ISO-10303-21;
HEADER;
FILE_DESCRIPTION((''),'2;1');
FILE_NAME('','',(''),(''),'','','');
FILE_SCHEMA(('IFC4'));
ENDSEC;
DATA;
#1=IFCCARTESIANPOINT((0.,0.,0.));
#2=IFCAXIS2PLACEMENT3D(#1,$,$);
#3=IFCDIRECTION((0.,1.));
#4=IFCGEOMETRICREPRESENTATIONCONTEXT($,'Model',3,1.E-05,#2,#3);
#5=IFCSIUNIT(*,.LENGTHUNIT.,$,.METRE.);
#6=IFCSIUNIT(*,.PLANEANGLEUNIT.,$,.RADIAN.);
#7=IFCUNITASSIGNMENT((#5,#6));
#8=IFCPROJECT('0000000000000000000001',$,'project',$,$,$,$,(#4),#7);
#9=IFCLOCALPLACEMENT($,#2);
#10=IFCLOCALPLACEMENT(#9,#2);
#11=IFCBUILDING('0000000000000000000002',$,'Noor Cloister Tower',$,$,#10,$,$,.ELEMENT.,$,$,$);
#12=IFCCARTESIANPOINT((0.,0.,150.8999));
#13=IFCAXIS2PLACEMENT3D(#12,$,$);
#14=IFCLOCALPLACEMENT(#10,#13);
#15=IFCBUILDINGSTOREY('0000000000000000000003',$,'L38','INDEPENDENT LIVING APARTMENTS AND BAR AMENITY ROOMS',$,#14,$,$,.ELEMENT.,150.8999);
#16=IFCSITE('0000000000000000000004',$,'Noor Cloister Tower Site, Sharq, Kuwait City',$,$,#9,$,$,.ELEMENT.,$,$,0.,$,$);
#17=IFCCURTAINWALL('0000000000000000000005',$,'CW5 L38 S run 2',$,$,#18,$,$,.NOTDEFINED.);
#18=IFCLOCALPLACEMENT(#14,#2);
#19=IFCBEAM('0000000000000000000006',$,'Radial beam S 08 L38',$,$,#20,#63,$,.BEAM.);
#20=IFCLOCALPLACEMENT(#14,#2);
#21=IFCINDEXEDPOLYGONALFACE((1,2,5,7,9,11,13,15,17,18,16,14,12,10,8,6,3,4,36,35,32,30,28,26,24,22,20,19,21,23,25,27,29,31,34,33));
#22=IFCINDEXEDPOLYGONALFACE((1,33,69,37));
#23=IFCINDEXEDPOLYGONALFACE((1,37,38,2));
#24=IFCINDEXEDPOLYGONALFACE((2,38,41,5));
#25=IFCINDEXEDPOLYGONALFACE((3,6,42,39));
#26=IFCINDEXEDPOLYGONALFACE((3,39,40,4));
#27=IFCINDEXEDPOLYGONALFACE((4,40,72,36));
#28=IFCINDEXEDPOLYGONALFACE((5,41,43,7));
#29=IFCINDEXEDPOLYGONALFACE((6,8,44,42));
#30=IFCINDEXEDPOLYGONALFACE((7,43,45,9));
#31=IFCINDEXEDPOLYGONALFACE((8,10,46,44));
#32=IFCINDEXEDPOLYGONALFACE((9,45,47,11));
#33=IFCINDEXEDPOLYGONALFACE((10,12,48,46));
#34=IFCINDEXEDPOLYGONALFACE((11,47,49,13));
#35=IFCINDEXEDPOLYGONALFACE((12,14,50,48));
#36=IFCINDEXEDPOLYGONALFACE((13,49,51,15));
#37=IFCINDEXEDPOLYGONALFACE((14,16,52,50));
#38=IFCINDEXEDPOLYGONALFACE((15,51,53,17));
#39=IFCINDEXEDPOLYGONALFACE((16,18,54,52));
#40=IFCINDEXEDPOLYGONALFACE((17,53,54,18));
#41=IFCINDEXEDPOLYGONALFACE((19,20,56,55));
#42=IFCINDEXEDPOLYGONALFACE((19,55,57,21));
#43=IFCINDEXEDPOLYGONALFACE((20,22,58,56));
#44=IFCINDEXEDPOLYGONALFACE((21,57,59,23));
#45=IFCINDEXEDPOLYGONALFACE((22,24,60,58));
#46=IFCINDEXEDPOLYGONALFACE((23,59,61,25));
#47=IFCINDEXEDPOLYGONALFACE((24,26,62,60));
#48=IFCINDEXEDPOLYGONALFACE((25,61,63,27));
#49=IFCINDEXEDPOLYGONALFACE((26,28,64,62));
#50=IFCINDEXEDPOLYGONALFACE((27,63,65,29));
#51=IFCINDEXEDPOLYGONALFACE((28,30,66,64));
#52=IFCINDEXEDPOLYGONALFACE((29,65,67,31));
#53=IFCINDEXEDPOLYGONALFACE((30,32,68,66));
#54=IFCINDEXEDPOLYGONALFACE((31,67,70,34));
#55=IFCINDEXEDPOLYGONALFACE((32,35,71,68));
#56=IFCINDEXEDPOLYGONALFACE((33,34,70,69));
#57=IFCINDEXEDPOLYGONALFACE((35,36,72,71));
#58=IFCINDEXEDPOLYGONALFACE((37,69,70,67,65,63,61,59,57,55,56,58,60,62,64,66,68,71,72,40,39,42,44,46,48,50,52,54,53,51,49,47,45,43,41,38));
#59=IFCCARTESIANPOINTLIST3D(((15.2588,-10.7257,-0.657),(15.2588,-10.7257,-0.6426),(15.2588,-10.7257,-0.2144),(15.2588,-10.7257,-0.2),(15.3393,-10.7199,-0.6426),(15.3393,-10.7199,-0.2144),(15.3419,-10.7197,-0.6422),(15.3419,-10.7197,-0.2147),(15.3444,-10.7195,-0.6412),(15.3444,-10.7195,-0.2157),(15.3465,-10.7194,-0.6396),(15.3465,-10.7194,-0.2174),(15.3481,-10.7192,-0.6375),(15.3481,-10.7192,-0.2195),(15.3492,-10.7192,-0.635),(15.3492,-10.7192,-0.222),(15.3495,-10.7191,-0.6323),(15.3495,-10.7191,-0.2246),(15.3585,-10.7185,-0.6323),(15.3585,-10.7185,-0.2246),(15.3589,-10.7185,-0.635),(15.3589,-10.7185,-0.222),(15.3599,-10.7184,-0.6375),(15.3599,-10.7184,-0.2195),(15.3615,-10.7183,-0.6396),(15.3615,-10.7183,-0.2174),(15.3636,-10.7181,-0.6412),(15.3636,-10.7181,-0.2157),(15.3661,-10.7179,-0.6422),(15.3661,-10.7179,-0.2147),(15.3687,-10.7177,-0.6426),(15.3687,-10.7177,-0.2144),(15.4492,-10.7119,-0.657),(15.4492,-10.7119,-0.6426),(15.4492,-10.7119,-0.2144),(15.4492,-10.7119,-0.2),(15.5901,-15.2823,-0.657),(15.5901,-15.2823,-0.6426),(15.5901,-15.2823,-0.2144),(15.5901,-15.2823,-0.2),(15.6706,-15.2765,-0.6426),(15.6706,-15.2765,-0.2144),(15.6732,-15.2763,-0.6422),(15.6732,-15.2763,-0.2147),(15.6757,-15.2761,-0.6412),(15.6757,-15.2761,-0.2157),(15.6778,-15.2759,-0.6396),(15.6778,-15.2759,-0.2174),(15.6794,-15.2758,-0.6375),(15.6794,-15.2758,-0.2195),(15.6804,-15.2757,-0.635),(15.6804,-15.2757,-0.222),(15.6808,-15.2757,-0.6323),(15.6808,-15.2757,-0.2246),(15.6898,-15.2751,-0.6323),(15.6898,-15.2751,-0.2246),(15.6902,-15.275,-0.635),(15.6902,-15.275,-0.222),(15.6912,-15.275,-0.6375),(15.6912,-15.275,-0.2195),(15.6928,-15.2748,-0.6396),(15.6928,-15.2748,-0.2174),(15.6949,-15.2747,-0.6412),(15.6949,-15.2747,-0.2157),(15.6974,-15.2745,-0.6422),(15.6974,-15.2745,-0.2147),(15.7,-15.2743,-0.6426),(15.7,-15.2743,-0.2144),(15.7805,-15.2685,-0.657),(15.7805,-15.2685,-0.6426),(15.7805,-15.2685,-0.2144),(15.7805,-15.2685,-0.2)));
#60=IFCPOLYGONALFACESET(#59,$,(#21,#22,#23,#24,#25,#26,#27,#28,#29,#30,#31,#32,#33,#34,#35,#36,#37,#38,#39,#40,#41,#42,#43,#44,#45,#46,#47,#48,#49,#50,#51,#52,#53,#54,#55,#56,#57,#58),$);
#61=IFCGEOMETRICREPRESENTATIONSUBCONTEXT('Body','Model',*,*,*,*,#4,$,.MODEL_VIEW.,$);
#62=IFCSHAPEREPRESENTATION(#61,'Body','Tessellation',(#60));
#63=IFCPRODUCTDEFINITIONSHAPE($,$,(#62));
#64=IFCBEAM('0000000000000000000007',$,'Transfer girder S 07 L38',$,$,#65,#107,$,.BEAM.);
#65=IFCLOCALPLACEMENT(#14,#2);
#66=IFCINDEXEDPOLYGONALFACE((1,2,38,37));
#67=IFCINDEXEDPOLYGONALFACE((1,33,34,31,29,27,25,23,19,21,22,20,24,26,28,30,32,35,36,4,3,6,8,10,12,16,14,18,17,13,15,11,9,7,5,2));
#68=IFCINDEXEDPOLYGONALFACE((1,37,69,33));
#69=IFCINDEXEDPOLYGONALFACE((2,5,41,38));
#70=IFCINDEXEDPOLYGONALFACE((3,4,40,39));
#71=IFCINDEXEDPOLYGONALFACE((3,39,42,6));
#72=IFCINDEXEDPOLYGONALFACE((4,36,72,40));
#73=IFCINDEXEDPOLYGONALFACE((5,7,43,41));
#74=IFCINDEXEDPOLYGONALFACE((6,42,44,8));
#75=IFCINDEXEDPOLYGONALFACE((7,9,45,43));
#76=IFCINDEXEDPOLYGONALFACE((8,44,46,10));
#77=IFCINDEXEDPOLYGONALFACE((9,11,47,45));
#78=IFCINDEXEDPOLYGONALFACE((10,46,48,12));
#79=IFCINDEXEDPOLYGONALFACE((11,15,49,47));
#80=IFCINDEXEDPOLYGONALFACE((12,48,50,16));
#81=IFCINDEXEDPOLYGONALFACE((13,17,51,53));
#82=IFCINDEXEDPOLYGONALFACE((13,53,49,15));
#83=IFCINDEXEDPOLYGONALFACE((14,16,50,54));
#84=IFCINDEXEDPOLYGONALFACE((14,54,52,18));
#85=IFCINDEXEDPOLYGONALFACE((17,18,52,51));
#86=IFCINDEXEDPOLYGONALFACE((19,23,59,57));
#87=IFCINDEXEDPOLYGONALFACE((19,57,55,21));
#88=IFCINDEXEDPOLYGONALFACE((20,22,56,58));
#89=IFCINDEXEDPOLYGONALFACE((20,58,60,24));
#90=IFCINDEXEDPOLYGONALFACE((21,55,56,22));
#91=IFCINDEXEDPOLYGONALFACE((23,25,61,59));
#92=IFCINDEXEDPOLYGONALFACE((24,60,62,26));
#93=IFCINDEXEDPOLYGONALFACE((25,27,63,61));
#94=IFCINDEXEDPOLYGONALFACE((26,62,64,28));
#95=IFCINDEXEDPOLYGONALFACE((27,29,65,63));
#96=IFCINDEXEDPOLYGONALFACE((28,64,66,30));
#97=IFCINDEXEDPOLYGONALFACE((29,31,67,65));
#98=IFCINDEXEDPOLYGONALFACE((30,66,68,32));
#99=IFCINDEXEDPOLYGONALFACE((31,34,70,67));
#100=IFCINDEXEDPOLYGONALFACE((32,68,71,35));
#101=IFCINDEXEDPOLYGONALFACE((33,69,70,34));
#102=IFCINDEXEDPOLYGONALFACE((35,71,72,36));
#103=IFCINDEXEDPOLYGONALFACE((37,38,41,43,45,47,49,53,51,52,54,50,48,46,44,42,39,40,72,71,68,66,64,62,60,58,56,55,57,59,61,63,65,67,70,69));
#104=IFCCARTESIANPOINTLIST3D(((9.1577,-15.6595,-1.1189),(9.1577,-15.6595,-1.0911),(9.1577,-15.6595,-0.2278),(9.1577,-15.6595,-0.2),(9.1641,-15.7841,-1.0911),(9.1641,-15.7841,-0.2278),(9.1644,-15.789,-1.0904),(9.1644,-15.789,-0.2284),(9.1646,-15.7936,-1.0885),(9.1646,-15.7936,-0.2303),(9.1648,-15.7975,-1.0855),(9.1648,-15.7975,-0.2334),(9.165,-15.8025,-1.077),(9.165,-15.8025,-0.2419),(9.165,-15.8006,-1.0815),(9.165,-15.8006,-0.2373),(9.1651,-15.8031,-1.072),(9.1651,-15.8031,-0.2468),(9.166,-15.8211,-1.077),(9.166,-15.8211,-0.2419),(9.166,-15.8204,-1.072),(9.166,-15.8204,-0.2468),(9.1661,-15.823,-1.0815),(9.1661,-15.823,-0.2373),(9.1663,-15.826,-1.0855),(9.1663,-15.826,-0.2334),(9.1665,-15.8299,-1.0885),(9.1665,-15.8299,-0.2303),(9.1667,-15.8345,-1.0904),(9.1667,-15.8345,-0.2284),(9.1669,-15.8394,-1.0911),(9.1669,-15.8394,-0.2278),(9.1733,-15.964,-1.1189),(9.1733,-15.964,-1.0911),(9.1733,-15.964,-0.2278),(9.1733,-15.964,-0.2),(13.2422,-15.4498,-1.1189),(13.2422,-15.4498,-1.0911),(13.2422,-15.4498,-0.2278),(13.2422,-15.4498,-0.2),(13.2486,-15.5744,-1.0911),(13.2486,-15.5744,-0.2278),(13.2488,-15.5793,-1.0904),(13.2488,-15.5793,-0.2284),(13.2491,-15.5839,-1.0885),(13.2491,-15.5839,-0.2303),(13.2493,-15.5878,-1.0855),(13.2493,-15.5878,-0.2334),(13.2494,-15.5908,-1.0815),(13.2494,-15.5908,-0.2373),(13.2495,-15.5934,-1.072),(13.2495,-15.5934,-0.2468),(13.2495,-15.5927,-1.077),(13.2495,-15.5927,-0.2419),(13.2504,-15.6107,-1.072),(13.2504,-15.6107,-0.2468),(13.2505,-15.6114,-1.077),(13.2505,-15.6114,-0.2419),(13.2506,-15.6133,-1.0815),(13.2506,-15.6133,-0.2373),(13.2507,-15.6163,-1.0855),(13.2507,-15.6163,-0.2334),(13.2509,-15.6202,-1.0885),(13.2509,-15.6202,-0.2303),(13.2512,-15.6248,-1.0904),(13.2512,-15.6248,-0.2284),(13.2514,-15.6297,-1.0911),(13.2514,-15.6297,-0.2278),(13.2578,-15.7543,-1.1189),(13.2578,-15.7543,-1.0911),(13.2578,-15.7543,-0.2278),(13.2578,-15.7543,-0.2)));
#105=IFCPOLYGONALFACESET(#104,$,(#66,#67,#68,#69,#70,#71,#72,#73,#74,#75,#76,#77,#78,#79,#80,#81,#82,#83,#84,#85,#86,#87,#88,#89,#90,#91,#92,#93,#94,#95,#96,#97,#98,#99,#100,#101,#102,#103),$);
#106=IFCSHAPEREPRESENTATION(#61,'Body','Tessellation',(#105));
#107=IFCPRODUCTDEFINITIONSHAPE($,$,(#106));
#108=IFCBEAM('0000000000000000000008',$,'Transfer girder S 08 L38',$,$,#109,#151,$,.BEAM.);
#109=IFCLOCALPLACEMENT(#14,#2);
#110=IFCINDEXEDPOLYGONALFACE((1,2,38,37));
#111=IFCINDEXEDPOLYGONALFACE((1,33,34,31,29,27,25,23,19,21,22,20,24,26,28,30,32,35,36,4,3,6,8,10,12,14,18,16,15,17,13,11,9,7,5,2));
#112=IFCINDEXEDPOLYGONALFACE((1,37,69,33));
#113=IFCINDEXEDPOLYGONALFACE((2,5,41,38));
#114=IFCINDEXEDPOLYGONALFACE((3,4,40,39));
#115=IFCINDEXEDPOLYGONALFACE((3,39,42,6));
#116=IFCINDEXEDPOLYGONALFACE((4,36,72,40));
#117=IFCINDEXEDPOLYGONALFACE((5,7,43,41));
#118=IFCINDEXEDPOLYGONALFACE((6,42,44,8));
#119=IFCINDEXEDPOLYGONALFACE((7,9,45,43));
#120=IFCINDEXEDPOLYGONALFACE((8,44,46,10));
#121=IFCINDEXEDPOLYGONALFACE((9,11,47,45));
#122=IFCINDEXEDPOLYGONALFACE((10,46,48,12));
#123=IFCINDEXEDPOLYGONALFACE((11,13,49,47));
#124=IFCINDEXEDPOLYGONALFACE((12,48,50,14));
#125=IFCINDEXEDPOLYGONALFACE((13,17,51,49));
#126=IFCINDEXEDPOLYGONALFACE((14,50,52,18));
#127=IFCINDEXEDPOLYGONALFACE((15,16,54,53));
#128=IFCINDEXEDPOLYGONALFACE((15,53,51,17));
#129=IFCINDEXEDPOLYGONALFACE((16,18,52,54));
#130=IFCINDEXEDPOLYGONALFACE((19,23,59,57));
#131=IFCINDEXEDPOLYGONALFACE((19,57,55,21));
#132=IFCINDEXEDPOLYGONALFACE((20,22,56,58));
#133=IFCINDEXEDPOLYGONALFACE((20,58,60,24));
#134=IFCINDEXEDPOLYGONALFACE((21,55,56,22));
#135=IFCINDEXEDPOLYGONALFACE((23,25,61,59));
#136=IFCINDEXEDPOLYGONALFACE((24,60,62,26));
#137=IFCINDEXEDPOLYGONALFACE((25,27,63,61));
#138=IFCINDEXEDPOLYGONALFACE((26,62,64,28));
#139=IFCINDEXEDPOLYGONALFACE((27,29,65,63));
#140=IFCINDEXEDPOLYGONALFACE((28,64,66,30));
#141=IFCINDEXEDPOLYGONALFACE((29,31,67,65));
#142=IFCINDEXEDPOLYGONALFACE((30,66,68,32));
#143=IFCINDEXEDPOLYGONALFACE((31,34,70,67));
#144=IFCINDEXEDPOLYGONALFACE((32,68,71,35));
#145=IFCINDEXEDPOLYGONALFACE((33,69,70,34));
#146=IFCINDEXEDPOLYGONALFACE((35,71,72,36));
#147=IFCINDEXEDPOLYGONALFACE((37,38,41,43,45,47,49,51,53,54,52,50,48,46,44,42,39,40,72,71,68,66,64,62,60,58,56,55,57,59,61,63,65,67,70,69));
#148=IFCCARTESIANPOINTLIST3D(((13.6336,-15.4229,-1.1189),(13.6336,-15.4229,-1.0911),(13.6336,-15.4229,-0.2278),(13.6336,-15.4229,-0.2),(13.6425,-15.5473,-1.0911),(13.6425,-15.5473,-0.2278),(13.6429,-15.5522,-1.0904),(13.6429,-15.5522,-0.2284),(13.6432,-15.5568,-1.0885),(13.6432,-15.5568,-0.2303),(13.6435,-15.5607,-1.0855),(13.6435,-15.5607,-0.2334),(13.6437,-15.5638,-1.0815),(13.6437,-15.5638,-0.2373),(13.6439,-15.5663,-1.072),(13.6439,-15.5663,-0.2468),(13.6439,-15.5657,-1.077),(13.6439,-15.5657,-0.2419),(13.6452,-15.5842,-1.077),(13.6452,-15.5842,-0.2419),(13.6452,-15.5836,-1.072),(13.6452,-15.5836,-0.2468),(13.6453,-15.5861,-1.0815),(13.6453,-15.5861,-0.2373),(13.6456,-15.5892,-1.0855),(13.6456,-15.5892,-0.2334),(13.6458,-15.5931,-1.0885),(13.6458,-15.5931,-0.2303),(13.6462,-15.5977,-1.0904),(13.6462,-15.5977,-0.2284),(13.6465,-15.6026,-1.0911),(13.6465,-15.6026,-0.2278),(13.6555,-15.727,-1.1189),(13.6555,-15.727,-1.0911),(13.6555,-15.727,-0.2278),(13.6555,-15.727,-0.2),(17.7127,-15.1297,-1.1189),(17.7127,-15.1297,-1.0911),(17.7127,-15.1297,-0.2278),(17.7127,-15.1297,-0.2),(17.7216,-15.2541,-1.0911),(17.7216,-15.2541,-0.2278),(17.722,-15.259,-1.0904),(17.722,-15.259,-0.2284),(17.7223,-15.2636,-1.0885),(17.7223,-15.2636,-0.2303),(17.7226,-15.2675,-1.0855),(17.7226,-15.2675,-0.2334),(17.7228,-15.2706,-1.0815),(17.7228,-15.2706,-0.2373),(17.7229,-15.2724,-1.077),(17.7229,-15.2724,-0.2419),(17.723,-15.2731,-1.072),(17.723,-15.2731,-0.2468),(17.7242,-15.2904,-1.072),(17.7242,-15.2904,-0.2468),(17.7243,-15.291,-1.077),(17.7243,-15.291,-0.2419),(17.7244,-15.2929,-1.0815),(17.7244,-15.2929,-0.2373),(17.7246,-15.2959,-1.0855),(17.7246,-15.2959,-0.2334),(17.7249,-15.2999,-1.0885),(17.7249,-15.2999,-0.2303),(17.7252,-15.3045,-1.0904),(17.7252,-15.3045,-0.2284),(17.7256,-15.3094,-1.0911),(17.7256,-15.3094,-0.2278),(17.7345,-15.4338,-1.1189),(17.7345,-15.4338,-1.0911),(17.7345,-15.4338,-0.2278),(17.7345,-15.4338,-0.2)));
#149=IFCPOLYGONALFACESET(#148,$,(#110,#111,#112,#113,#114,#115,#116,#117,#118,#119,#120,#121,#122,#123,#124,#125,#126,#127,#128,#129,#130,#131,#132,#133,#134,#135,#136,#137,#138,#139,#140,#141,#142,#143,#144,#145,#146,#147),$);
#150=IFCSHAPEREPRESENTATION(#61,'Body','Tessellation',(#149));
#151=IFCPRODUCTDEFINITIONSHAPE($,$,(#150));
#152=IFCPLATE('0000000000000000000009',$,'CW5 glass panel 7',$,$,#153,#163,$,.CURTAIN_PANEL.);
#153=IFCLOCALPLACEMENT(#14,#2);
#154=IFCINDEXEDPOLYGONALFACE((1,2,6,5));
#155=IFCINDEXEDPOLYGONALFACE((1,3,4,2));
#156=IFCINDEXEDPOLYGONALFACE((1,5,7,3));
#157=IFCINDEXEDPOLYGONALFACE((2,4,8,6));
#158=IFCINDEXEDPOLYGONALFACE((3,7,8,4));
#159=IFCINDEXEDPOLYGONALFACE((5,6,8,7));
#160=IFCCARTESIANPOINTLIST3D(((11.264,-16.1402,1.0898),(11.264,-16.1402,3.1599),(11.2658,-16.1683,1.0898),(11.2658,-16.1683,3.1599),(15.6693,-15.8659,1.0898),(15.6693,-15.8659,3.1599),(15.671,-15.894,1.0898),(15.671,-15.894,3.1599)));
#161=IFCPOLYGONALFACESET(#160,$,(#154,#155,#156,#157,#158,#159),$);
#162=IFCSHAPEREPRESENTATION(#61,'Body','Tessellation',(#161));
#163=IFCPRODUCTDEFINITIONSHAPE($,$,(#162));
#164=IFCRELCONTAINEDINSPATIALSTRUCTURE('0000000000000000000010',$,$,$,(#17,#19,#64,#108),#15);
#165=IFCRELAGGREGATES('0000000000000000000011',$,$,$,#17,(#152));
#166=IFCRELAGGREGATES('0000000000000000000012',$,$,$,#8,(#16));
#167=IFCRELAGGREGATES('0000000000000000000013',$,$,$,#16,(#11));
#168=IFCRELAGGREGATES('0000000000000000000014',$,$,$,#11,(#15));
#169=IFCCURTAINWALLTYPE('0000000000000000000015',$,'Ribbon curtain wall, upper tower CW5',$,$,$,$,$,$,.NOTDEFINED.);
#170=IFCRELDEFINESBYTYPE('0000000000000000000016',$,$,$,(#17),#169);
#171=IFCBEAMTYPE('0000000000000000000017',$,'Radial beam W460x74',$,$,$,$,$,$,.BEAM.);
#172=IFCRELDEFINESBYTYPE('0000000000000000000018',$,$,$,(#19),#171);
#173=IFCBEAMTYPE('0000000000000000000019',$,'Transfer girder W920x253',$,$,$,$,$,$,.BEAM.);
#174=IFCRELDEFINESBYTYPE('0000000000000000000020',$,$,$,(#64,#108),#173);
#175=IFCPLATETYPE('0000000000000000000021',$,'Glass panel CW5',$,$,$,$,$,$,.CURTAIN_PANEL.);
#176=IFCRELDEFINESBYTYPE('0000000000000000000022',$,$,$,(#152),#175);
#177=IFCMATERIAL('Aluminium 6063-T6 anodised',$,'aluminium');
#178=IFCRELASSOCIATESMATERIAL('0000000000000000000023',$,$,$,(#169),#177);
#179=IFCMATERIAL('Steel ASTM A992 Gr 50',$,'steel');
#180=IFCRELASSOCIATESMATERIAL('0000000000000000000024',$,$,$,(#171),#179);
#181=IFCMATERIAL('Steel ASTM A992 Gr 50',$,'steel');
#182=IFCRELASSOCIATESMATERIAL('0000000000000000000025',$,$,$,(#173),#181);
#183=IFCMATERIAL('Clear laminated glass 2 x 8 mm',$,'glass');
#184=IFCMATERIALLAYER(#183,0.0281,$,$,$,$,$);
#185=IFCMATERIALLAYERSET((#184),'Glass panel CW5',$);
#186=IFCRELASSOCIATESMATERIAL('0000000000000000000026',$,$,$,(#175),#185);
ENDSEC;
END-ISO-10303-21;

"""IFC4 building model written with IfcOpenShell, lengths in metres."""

from ifc_helpers import new_model, si_unit, direction, frame, origin, origin_2d, place, context, subcontext, project, spatial, rectangle, i_section, extrude, material, layer, layer_set, material_profile, profile_set, type_object, element, aggregate, save


model = new_model("IFC4")

# Units and contexts
model_context = context("Model", 3, precision=1e-05, world=origin(), true_north=direction((0.0, 1.0)))
body_context = subcontext(model_context, "Body", "Model", "MODEL_VIEW")
ifc_project = project(units=[si_unit("LENGTHUNIT", "METRE"), si_unit("PLANEANGLEUNIT", "RADIAN")], contexts=[model_context])

# Site, building, storey
site_placement = place(None, origin())
site = spatial("IfcSite", under=ifc_project, at=site_placement, Name="Noor Cloister Tower Site, Sharq, Kuwait City", CompositionType="ELEMENT", RefElevation=0.0)
building_placement = place(site_placement, origin())
building = spatial("IfcBuilding", under=site, at=building_placement, Name="Noor Cloister Tower", CompositionType="ELEMENT")
storey_placement = place(building_placement, frame((0.0, 0.0, 150.8999)))
storey = spatial("IfcBuildingStorey", under=building, at=storey_placement, Name="L38", Description="INDEPENDENT LIVING APARTMENTS AND BAR AMENITY ROOMS", CompositionType="ELEMENT", Elevation=150.8999)

# Curtain wall
ifc_material_1 = material(Name="Aluminium 6063-T6 anodised", Category="aluminium")
curtain_wall_type = type_object("IfcCurtainWallType", Name="Ribbon curtain wall, upper tower CW5", PredefinedType="NOTDEFINED", material=ifc_material_1)
curtain_wall_placement = place(storey_placement, origin())
curtain_wall = element("IfcCurtainWall", 1, at=curtain_wall_placement, inside=storey, type_object=curtain_wall_type, Name="CW5 L38 S run 2", PredefinedType="NOTDEFINED")

# Beams
ifc_material_2 = material(Name="Steel ASTM A992 Gr 50", Category="steel")
ifc_material_profile_1 = material_profile(ifc_material_2, i_section(OverallWidth=0.1909, OverallDepth=0.457, WebThickness=0.009, FlangeThickness=0.0144, FilletRadius=0.0103, at=origin_2d()), Name="W460x74")
ifc_profile_set_1 = profile_set([ifc_material_profile_1], Name="Steel ASTM A992 Gr 50")
beam_type_1 = type_object("IfcBeamType", Name="Radial beam W460x74", PredefinedType="BEAM", material=ifc_profile_set_1)
beam_1_placement = place(storey_placement, frame((15.6853, -15.2754, -0.4285), z_axis=(-0.072515, 0.997367, 0.0), x_axis=(-0.997367, -0.072515, 0.0)))
element("IfcBeam", 2, at=beam_1_placement, inside=storey, type_object=beam_type_1, Name="Radial beam S 08 L38", PredefinedType="BEAM", context=body_context, shape_type="SweptSolid", body=[
    extrude(i_section(OverallWidth=0.1909, OverallDepth=0.457, WebThickness=0.009, FlangeThickness=0.0144, FilletRadius=0.0103, at=origin_2d()), origin(), (0.0, 0.0, 1.0), 4.5686),
])
ifc_material_3 = material(Name="Steel ASTM A992 Gr 50", Category="steel")
ifc_material_profile_2 = material_profile(ifc_material_3, i_section(OverallWidth=0.3049, OverallDepth=0.9189, WebThickness=0.0173, FlangeThickness=0.0278, FilletRadius=0.019, at=origin_2d()), Name="W920x253")
ifc_profile_set_2 = profile_set([ifc_material_profile_2], Name="Steel ASTM A992 Gr 50")
beam_type_2 = type_object("IfcBeamType", Name="Transfer girder W920x253", PredefinedType="BEAM", material=ifc_profile_set_2)
beam_2_placement = place(storey_placement, frame((9.1655, -15.8118, -0.6594), z_axis=(0.998684, 0.051277, 0.0), x_axis=(-0.051277, 0.998684, 0.0)))
element("IfcBeam", 3, at=beam_2_placement, inside=storey, type_object=beam_type_2, Name="Transfer girder S 07 L38", PredefinedType="BEAM", context=body_context, shape_type="SweptSolid", body=[
    extrude(i_section(OverallWidth=0.3049, OverallDepth=0.9189, WebThickness=0.0173, FlangeThickness=0.0278, FilletRadius=0.019, at=origin_2d()), origin(), (0.0, 0.0, 1.0), 4.0898),
])
beam_3_placement = place(storey_placement, frame((13.6445, -15.575, -0.6594), z_axis=(0.997426, 0.071697, 0.0), x_axis=(-0.071697, 0.997426, 0.0)))
element("IfcBeam", 4, at=beam_3_placement, inside=storey, type_object=beam_type_2, Name="Transfer girder S 08 L38", PredefinedType="BEAM", context=body_context, shape_type="SweptSolid", body=[
    extrude(i_section(OverallWidth=0.3049, OverallDepth=0.9189, WebThickness=0.0173, FlangeThickness=0.0278, FilletRadius=0.019, at=origin_2d()), origin(), (0.0, 0.0, 1.0), 4.0896),
])

# Plate
ifc_material_4 = material(Name="Clear laminated glass 2 x 8 mm", Category="glass")
ifc_layer = layer(ifc_material_4, 0.0281)
ifc_layer_set = layer_set([ifc_layer], Name="Glass panel CW5")
plate_type = type_object("IfcPlateType", Name="Glass panel CW5", PredefinedType="CURTAIN_PANEL", material=ifc_layer_set)
plate_placement = place(storey_placement, frame((13.4675, -16.0171, 1.0898), z_axis=(0.0, 0.0, 1.0), x_axis=(0.998067, 0.062146, 0.0)))
plate = element("IfcPlate", 5, at=plate_placement, type_object=plate_type, Name="CW5 glass panel 7", PredefinedType="CURTAIN_PANEL", context=body_context, shape_type="SweptSolid", body=[
    extrude(rectangle(XDim=4.4138, YDim=0.0281, at=origin_2d()), origin(), (0.0, 0.0, 1.0), 2.0701),
])
aggregate(curtain_wall, [plate])

save(model, "model.ifc")
